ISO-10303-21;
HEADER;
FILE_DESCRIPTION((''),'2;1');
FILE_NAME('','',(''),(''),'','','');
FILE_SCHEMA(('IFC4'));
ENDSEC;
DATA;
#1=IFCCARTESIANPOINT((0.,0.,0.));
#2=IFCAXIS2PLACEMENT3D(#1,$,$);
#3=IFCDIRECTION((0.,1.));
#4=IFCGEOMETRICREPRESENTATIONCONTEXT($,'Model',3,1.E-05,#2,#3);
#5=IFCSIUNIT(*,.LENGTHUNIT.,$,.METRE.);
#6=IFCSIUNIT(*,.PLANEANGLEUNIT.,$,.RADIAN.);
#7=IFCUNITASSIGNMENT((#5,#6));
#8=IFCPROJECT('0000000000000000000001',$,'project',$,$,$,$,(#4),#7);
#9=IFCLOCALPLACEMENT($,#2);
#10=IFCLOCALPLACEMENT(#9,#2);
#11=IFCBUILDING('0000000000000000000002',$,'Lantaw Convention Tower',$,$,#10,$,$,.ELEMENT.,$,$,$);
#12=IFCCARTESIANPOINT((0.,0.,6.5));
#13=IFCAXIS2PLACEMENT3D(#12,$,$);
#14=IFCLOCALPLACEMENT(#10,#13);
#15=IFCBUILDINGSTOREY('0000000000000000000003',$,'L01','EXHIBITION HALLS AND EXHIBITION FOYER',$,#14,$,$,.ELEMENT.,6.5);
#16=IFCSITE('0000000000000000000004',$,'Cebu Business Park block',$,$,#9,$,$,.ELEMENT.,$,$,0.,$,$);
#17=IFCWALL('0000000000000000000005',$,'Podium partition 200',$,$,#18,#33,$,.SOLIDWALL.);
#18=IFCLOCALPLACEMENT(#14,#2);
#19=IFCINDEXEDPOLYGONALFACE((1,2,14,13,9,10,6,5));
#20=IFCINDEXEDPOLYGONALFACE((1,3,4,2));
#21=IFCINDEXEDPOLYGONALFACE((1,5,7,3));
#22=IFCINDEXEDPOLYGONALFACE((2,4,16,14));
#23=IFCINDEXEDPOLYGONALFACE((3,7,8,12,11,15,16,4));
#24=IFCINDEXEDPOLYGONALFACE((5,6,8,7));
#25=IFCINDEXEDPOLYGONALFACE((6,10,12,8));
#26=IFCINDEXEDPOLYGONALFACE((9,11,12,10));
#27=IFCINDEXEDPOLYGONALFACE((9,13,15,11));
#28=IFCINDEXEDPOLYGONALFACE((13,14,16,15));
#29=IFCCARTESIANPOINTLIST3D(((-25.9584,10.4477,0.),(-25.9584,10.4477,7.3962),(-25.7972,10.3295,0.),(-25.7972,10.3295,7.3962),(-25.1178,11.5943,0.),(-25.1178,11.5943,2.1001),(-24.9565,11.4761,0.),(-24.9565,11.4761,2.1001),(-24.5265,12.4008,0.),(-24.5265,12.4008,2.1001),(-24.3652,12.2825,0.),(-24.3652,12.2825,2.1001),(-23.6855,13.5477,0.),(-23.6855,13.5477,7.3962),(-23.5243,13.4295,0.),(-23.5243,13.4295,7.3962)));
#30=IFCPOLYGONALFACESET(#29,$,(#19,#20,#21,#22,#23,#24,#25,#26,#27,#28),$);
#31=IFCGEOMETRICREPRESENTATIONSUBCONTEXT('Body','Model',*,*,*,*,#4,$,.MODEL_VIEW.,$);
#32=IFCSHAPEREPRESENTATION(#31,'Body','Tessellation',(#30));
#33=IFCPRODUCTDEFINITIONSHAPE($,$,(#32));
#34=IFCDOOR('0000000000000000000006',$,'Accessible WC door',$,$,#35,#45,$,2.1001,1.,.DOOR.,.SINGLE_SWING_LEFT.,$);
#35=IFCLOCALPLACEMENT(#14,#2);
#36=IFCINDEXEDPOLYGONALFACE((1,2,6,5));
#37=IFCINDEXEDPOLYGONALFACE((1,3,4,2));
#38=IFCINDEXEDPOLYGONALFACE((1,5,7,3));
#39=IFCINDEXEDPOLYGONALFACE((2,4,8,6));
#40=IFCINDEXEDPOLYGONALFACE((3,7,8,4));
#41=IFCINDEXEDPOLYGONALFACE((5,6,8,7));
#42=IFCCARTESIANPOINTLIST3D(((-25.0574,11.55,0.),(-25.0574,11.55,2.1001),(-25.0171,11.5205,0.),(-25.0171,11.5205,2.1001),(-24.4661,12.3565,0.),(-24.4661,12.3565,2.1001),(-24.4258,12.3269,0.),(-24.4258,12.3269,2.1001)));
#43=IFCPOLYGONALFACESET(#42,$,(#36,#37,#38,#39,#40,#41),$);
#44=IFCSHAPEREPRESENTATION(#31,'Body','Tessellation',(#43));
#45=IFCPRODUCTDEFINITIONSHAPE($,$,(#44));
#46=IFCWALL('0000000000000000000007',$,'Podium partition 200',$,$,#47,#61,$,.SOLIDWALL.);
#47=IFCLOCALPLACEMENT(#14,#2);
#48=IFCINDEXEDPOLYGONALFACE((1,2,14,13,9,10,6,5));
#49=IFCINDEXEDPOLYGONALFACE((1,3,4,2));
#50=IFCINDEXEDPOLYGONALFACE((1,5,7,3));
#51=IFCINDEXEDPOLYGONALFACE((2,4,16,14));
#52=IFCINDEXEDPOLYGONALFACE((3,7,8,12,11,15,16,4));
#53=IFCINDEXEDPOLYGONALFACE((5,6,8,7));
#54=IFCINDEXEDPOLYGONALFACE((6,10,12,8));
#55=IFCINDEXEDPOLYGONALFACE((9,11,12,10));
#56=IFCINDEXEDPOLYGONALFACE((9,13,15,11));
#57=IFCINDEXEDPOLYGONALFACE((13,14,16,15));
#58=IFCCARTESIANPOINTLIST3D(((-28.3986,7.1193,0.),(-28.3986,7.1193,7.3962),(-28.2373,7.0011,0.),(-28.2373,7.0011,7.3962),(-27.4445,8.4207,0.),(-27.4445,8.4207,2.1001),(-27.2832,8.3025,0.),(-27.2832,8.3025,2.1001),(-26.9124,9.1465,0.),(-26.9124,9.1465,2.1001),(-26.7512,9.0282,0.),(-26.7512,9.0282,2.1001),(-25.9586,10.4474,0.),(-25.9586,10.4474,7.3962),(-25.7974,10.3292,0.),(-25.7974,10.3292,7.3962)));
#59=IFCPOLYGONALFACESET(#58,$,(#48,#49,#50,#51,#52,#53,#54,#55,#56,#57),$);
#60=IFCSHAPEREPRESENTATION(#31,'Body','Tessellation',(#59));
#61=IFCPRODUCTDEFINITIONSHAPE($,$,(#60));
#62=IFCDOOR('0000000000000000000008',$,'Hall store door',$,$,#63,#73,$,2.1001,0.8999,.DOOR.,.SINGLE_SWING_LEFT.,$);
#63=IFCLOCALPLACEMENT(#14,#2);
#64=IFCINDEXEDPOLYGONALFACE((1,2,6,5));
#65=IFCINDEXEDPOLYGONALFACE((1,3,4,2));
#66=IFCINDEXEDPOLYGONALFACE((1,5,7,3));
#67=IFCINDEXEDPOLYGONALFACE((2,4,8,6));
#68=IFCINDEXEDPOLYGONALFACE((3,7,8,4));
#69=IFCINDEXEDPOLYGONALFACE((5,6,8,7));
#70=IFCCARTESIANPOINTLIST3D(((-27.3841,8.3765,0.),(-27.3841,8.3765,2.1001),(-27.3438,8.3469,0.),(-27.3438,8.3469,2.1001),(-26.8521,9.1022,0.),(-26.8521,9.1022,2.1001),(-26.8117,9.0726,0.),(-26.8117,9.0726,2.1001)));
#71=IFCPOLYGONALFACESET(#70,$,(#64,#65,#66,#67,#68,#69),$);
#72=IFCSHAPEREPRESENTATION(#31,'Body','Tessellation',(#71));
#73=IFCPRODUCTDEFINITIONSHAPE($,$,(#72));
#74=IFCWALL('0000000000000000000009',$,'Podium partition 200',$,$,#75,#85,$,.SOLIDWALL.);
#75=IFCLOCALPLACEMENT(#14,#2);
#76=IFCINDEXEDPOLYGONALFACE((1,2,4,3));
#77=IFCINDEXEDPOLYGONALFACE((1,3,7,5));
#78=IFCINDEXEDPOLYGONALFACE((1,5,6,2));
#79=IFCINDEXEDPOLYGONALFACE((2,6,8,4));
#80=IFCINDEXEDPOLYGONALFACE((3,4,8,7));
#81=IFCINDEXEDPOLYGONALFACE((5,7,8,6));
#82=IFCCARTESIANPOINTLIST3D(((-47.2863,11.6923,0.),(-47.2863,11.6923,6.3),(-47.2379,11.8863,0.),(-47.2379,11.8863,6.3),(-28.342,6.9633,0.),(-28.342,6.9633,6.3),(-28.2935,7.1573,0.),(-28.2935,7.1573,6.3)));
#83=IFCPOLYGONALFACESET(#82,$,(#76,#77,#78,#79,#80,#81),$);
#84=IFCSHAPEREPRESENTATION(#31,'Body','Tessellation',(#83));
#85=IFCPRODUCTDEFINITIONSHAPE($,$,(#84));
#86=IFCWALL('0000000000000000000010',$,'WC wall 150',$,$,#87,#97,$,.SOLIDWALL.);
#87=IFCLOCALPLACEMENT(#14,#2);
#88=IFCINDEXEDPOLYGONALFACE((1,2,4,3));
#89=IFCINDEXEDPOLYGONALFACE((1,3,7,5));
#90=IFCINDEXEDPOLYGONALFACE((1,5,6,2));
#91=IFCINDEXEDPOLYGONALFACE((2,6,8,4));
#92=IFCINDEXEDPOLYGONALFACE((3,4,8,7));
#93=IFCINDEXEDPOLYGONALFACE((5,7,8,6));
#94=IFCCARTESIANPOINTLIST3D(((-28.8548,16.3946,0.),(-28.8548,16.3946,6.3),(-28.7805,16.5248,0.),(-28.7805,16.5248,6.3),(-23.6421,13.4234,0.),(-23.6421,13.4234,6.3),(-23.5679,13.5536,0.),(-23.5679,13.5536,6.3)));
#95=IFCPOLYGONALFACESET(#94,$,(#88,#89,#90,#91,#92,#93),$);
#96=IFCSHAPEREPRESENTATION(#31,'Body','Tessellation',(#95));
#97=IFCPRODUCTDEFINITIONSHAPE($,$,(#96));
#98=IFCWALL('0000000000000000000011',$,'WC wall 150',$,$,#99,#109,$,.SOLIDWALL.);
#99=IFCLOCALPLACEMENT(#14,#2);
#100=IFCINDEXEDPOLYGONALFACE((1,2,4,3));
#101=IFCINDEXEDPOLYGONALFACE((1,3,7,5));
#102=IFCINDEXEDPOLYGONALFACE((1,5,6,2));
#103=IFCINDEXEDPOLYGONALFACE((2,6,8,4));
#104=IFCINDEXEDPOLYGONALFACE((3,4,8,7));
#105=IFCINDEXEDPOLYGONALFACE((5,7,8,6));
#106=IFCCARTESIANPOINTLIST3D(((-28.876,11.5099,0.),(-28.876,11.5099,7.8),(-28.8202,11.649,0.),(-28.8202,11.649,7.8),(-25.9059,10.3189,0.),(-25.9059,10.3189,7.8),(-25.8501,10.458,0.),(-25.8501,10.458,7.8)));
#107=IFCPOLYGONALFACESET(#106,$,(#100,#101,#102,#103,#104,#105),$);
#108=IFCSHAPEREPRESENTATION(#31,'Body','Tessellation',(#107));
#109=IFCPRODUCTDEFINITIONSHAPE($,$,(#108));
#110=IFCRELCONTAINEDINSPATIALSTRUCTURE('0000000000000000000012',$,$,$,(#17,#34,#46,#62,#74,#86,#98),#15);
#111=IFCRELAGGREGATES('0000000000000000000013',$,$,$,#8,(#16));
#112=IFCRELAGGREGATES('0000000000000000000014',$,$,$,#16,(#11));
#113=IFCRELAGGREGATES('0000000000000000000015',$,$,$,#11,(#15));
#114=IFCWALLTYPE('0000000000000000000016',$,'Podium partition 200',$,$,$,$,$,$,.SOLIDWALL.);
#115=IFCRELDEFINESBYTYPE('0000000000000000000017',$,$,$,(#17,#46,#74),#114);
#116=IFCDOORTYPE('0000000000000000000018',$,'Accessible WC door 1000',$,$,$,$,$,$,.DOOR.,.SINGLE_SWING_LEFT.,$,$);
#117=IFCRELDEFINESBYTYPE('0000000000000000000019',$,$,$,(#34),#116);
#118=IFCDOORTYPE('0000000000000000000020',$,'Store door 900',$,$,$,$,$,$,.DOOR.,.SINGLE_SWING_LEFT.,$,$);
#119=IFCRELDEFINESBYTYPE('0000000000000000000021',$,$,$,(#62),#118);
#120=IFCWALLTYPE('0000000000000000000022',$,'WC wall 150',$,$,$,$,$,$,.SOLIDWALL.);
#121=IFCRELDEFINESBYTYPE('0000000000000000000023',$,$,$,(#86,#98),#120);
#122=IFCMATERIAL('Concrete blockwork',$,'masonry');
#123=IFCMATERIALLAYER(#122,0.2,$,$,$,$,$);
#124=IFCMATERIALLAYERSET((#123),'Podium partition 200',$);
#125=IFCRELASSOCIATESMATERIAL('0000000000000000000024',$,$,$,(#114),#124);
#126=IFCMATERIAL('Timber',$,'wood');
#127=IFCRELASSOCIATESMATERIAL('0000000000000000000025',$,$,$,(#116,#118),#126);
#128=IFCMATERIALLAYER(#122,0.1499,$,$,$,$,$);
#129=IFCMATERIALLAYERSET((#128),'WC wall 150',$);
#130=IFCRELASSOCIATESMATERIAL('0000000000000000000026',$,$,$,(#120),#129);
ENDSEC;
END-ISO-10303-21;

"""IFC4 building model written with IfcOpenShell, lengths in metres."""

from ifc_helpers import new_model, si_unit, direction, frame, frame_2d, origin, place, context, subcontext, project, spatial, rectangle, extrude, material, layer, layer_set, type_object, element, fill, save


model = new_model("IFC4")

# Units and contexts
model_context = context("Model", 3, precision=1e-05, world=origin(), true_north=direction((0.0, 1.0)))
body_context = subcontext(model_context, "Body", "Model", "MODEL_VIEW")
ifc_project = project(units=[si_unit("LENGTHUNIT", "METRE"), si_unit("PLANEANGLEUNIT", "RADIAN")], contexts=[model_context])

# Site, building, storey
site_placement = place(None, origin())
site = spatial("IfcSite", under=ifc_project, at=site_placement, Name="Cebu Business Park block", CompositionType="ELEMENT", RefElevation=0.0)
building_placement = place(site_placement, origin())
building = spatial("IfcBuilding", under=site, at=building_placement, Name="Lantaw Convention Tower", CompositionType="ELEMENT")
storey_placement = place(building_placement, frame((0.0, 0.0, 6.5)))
storey = spatial("IfcBuildingStorey", under=building, at=storey_placement, Name="L01", Description="EXHIBITION HALLS AND EXHIBITION FOYER", CompositionType="ELEMENT", Elevation=6.5)

# Walls, openings, doors
ifc_material_1 = material(Name="Concrete blockwork", Category="masonry")
ifc_layer_1 = layer(ifc_material_1, 0.2)
ifc_layer_set_1 = layer_set([ifc_layer_1], Name="Podium partition 200")
wall_type_1 = type_object("IfcWallType", Name="Podium partition 200", PredefinedType="SOLIDWALL", material=ifc_layer_set_1)
wall_1_placement = place(storey_placement, frame((-23.605, 13.4885, 0.0), z_axis=(0.0, 0.0, 1.0), x_axis=(-0.591287, -0.806462, 0.0)))
wall_1 = element("IfcWall", 1, at=wall_1_placement, inside=storey, type_object=wall_type_1, Name="Podium partition 200", PredefinedType="SOLIDWALL", context=body_context, shape_type="SweptSolid", body=[
    extrude(rectangle(XDim=3.844, YDim=0.2, at=frame_2d((1.9219, 0.0))), origin(), (0.0, 0.0, 1.0), 7.3962),
])
opening_1_placement = place(wall_1_placement, frame((1.4221, 0.0, 0.0)))
opening_1 = element("IfcOpeningElement", 2, at=opening_1_placement, cuts=wall_1, PredefinedType="OPENING", context=body_context, shape_type="SweptSolid", body=[
    extrude(rectangle(XDim=1.0, YDim=2.1001, at=frame_2d((0.5, 1.05))), frame((0.0, 0.1099, 0.0), z_axis=(0.0, -1.0, 0.0), x_axis=(1.0, 0.0, 0.0)), (0.0, 0.0, 1.0), 0.22),
])
ifc_material_2 = material(Name="Timber", Category="wood")
door_type_1 = type_object("IfcDoorType", Name="Accessible WC door 1000", OperationType="SINGLE_SWING_LEFT", PredefinedType="DOOR", material=ifc_material_2)
door_1_placement = place(opening_1_placement, origin())
door_1 = element("IfcDoor", 3, at=door_1_placement, inside=storey, type_object=door_type_1, Name="Accessible WC door", OperationType="SINGLE_SWING_LEFT", OverallHeight=2.1001, OverallWidth=1.0, PredefinedType="DOOR", context=body_context, shape_type="SweptSolid", body=[
    extrude(rectangle(XDim=1.0, YDim=2.1001, at=frame_2d((0.5, 1.05))), frame((0.0, 0.0249, 0.0), z_axis=(0.0, -1.0, 0.0), x_axis=(1.0, 0.0, 0.0)), (0.0, 0.0, 1.0), 0.05),
])
fill(opening_1, door_1)
wall_2_placement = place(storey_placement, frame((-25.8779, 10.3884, 0.0), z_axis=(0.0, 0.0, 1.0), x_axis=(-0.591256, -0.806484, 0.0)))
wall_2 = element("IfcWall", 4, at=wall_2_placement, inside=storey, type_object=wall_type_1, Name="Podium partition 200", PredefinedType="SOLIDWALL", context=body_context, shape_type="SweptSolid", body=[
    extrude(rectangle(XDim=4.1267, YDim=0.2, at=frame_2d((2.0635, 0.0))), origin(), (0.0, 0.0, 1.0), 7.3962),
])
opening_2_placement = place(wall_2_placement, frame((1.6133, 0.0, 0.0)))
opening_2 = element("IfcOpeningElement", 5, at=opening_2_placement, cuts=wall_2, PredefinedType="OPENING", context=body_context, shape_type="SweptSolid", body=[
    extrude(rectangle(XDim=0.8999, YDim=2.1001, at=frame_2d((0.45, 1.05))), frame((0.0, 0.1099, 0.0), z_axis=(0.0, -1.0, 0.0), x_axis=(1.0, 0.0, 0.0)), (0.0, 0.0, 1.0), 0.22),
])
door_type_2 = type_object("IfcDoorType", Name="Store door 900", OperationType="SINGLE_SWING_LEFT", PredefinedType="DOOR", material=ifc_material_2)
door_2_placement = place(opening_2_placement, origin())
door_2 = element("IfcDoor", 6, at=door_2_placement, inside=storey, type_object=door_type_2, Name="Hall store door", OperationType="SINGLE_SWING_LEFT", OverallHeight=2.1001, OverallWidth=0.8999, PredefinedType="DOOR", context=body_context, shape_type="SweptSolid", body=[
    extrude(rectangle(XDim=0.8999, YDim=2.1001, at=frame_2d((0.45, 1.05))), frame((0.0, 0.0249, 0.0), z_axis=(0.0, -1.0, 0.0), x_axis=(1.0, 0.0, 0.0)), (0.0, 0.0, 1.0), 0.05),
])
fill(opening_2, door_2)

# Walls
wall_3_placement = place(storey_placement, frame((-28.3179, 7.0603, 0.0), z_axis=(0.0, 0.0, 1.0), x_axis=(-0.970228, 0.242194, 0.0)))
element("IfcWall", 7, at=wall_3_placement, inside=storey, type_object=wall_type_1, Name="Podium partition 200", PredefinedType="SOLIDWALL", context=body_context, shape_type="SweptSolid", body=[
    extrude(rectangle(XDim=19.5256, YDim=0.2, at=frame_2d((9.7627, 0.0))), origin(), (0.0, 0.0, 1.0), 6.3),
])
ifc_layer_2 = layer(ifc_material_1, 0.1499)
ifc_layer_set_2 = layer_set([ifc_layer_2], Name="WC wall 150")
wall_type_2 = type_object("IfcWallType", Name="WC wall 150", PredefinedType="SOLIDWALL", material=ifc_layer_set_2)
wall_4_placement = place(storey_placement, frame((-23.605, 13.4885, 0.0), z_axis=(0.0, 0.0, 1.0), x_axis=(-0.868778, 0.495201, 0.0)))
element("IfcWall", 8, at=wall_4_placement, inside=storey, type_object=wall_type_2, Name="WC wall 150", PredefinedType="SOLIDWALL", context=body_context, shape_type="SweptSolid", body=[
    extrude(rectangle(XDim=6.0, YDim=0.1499, at=frame_2d((3.0, 0.0))), origin(), (0.0, 0.0, 1.0), 6.3),
])
wall_5_placement = place(storey_placement, frame((-25.8779, 10.3884, 0.0), z_axis=(0.0, 0.0, 1.0), x_axis=(-0.928161, 0.37218, 0.0)))
element("IfcWall", 9, at=wall_5_placement, inside=storey, type_object=wall_type_2, Name="WC wall 150", PredefinedType="SOLIDWALL", context=body_context, shape_type="SweptSolid", body=[
    extrude(rectangle(XDim=3.2, YDim=0.1499, at=frame_2d((1.6001, 0.0))), origin(), (0.0, 0.0, 1.0), 7.8),
])

save(model, "model.ifc")
